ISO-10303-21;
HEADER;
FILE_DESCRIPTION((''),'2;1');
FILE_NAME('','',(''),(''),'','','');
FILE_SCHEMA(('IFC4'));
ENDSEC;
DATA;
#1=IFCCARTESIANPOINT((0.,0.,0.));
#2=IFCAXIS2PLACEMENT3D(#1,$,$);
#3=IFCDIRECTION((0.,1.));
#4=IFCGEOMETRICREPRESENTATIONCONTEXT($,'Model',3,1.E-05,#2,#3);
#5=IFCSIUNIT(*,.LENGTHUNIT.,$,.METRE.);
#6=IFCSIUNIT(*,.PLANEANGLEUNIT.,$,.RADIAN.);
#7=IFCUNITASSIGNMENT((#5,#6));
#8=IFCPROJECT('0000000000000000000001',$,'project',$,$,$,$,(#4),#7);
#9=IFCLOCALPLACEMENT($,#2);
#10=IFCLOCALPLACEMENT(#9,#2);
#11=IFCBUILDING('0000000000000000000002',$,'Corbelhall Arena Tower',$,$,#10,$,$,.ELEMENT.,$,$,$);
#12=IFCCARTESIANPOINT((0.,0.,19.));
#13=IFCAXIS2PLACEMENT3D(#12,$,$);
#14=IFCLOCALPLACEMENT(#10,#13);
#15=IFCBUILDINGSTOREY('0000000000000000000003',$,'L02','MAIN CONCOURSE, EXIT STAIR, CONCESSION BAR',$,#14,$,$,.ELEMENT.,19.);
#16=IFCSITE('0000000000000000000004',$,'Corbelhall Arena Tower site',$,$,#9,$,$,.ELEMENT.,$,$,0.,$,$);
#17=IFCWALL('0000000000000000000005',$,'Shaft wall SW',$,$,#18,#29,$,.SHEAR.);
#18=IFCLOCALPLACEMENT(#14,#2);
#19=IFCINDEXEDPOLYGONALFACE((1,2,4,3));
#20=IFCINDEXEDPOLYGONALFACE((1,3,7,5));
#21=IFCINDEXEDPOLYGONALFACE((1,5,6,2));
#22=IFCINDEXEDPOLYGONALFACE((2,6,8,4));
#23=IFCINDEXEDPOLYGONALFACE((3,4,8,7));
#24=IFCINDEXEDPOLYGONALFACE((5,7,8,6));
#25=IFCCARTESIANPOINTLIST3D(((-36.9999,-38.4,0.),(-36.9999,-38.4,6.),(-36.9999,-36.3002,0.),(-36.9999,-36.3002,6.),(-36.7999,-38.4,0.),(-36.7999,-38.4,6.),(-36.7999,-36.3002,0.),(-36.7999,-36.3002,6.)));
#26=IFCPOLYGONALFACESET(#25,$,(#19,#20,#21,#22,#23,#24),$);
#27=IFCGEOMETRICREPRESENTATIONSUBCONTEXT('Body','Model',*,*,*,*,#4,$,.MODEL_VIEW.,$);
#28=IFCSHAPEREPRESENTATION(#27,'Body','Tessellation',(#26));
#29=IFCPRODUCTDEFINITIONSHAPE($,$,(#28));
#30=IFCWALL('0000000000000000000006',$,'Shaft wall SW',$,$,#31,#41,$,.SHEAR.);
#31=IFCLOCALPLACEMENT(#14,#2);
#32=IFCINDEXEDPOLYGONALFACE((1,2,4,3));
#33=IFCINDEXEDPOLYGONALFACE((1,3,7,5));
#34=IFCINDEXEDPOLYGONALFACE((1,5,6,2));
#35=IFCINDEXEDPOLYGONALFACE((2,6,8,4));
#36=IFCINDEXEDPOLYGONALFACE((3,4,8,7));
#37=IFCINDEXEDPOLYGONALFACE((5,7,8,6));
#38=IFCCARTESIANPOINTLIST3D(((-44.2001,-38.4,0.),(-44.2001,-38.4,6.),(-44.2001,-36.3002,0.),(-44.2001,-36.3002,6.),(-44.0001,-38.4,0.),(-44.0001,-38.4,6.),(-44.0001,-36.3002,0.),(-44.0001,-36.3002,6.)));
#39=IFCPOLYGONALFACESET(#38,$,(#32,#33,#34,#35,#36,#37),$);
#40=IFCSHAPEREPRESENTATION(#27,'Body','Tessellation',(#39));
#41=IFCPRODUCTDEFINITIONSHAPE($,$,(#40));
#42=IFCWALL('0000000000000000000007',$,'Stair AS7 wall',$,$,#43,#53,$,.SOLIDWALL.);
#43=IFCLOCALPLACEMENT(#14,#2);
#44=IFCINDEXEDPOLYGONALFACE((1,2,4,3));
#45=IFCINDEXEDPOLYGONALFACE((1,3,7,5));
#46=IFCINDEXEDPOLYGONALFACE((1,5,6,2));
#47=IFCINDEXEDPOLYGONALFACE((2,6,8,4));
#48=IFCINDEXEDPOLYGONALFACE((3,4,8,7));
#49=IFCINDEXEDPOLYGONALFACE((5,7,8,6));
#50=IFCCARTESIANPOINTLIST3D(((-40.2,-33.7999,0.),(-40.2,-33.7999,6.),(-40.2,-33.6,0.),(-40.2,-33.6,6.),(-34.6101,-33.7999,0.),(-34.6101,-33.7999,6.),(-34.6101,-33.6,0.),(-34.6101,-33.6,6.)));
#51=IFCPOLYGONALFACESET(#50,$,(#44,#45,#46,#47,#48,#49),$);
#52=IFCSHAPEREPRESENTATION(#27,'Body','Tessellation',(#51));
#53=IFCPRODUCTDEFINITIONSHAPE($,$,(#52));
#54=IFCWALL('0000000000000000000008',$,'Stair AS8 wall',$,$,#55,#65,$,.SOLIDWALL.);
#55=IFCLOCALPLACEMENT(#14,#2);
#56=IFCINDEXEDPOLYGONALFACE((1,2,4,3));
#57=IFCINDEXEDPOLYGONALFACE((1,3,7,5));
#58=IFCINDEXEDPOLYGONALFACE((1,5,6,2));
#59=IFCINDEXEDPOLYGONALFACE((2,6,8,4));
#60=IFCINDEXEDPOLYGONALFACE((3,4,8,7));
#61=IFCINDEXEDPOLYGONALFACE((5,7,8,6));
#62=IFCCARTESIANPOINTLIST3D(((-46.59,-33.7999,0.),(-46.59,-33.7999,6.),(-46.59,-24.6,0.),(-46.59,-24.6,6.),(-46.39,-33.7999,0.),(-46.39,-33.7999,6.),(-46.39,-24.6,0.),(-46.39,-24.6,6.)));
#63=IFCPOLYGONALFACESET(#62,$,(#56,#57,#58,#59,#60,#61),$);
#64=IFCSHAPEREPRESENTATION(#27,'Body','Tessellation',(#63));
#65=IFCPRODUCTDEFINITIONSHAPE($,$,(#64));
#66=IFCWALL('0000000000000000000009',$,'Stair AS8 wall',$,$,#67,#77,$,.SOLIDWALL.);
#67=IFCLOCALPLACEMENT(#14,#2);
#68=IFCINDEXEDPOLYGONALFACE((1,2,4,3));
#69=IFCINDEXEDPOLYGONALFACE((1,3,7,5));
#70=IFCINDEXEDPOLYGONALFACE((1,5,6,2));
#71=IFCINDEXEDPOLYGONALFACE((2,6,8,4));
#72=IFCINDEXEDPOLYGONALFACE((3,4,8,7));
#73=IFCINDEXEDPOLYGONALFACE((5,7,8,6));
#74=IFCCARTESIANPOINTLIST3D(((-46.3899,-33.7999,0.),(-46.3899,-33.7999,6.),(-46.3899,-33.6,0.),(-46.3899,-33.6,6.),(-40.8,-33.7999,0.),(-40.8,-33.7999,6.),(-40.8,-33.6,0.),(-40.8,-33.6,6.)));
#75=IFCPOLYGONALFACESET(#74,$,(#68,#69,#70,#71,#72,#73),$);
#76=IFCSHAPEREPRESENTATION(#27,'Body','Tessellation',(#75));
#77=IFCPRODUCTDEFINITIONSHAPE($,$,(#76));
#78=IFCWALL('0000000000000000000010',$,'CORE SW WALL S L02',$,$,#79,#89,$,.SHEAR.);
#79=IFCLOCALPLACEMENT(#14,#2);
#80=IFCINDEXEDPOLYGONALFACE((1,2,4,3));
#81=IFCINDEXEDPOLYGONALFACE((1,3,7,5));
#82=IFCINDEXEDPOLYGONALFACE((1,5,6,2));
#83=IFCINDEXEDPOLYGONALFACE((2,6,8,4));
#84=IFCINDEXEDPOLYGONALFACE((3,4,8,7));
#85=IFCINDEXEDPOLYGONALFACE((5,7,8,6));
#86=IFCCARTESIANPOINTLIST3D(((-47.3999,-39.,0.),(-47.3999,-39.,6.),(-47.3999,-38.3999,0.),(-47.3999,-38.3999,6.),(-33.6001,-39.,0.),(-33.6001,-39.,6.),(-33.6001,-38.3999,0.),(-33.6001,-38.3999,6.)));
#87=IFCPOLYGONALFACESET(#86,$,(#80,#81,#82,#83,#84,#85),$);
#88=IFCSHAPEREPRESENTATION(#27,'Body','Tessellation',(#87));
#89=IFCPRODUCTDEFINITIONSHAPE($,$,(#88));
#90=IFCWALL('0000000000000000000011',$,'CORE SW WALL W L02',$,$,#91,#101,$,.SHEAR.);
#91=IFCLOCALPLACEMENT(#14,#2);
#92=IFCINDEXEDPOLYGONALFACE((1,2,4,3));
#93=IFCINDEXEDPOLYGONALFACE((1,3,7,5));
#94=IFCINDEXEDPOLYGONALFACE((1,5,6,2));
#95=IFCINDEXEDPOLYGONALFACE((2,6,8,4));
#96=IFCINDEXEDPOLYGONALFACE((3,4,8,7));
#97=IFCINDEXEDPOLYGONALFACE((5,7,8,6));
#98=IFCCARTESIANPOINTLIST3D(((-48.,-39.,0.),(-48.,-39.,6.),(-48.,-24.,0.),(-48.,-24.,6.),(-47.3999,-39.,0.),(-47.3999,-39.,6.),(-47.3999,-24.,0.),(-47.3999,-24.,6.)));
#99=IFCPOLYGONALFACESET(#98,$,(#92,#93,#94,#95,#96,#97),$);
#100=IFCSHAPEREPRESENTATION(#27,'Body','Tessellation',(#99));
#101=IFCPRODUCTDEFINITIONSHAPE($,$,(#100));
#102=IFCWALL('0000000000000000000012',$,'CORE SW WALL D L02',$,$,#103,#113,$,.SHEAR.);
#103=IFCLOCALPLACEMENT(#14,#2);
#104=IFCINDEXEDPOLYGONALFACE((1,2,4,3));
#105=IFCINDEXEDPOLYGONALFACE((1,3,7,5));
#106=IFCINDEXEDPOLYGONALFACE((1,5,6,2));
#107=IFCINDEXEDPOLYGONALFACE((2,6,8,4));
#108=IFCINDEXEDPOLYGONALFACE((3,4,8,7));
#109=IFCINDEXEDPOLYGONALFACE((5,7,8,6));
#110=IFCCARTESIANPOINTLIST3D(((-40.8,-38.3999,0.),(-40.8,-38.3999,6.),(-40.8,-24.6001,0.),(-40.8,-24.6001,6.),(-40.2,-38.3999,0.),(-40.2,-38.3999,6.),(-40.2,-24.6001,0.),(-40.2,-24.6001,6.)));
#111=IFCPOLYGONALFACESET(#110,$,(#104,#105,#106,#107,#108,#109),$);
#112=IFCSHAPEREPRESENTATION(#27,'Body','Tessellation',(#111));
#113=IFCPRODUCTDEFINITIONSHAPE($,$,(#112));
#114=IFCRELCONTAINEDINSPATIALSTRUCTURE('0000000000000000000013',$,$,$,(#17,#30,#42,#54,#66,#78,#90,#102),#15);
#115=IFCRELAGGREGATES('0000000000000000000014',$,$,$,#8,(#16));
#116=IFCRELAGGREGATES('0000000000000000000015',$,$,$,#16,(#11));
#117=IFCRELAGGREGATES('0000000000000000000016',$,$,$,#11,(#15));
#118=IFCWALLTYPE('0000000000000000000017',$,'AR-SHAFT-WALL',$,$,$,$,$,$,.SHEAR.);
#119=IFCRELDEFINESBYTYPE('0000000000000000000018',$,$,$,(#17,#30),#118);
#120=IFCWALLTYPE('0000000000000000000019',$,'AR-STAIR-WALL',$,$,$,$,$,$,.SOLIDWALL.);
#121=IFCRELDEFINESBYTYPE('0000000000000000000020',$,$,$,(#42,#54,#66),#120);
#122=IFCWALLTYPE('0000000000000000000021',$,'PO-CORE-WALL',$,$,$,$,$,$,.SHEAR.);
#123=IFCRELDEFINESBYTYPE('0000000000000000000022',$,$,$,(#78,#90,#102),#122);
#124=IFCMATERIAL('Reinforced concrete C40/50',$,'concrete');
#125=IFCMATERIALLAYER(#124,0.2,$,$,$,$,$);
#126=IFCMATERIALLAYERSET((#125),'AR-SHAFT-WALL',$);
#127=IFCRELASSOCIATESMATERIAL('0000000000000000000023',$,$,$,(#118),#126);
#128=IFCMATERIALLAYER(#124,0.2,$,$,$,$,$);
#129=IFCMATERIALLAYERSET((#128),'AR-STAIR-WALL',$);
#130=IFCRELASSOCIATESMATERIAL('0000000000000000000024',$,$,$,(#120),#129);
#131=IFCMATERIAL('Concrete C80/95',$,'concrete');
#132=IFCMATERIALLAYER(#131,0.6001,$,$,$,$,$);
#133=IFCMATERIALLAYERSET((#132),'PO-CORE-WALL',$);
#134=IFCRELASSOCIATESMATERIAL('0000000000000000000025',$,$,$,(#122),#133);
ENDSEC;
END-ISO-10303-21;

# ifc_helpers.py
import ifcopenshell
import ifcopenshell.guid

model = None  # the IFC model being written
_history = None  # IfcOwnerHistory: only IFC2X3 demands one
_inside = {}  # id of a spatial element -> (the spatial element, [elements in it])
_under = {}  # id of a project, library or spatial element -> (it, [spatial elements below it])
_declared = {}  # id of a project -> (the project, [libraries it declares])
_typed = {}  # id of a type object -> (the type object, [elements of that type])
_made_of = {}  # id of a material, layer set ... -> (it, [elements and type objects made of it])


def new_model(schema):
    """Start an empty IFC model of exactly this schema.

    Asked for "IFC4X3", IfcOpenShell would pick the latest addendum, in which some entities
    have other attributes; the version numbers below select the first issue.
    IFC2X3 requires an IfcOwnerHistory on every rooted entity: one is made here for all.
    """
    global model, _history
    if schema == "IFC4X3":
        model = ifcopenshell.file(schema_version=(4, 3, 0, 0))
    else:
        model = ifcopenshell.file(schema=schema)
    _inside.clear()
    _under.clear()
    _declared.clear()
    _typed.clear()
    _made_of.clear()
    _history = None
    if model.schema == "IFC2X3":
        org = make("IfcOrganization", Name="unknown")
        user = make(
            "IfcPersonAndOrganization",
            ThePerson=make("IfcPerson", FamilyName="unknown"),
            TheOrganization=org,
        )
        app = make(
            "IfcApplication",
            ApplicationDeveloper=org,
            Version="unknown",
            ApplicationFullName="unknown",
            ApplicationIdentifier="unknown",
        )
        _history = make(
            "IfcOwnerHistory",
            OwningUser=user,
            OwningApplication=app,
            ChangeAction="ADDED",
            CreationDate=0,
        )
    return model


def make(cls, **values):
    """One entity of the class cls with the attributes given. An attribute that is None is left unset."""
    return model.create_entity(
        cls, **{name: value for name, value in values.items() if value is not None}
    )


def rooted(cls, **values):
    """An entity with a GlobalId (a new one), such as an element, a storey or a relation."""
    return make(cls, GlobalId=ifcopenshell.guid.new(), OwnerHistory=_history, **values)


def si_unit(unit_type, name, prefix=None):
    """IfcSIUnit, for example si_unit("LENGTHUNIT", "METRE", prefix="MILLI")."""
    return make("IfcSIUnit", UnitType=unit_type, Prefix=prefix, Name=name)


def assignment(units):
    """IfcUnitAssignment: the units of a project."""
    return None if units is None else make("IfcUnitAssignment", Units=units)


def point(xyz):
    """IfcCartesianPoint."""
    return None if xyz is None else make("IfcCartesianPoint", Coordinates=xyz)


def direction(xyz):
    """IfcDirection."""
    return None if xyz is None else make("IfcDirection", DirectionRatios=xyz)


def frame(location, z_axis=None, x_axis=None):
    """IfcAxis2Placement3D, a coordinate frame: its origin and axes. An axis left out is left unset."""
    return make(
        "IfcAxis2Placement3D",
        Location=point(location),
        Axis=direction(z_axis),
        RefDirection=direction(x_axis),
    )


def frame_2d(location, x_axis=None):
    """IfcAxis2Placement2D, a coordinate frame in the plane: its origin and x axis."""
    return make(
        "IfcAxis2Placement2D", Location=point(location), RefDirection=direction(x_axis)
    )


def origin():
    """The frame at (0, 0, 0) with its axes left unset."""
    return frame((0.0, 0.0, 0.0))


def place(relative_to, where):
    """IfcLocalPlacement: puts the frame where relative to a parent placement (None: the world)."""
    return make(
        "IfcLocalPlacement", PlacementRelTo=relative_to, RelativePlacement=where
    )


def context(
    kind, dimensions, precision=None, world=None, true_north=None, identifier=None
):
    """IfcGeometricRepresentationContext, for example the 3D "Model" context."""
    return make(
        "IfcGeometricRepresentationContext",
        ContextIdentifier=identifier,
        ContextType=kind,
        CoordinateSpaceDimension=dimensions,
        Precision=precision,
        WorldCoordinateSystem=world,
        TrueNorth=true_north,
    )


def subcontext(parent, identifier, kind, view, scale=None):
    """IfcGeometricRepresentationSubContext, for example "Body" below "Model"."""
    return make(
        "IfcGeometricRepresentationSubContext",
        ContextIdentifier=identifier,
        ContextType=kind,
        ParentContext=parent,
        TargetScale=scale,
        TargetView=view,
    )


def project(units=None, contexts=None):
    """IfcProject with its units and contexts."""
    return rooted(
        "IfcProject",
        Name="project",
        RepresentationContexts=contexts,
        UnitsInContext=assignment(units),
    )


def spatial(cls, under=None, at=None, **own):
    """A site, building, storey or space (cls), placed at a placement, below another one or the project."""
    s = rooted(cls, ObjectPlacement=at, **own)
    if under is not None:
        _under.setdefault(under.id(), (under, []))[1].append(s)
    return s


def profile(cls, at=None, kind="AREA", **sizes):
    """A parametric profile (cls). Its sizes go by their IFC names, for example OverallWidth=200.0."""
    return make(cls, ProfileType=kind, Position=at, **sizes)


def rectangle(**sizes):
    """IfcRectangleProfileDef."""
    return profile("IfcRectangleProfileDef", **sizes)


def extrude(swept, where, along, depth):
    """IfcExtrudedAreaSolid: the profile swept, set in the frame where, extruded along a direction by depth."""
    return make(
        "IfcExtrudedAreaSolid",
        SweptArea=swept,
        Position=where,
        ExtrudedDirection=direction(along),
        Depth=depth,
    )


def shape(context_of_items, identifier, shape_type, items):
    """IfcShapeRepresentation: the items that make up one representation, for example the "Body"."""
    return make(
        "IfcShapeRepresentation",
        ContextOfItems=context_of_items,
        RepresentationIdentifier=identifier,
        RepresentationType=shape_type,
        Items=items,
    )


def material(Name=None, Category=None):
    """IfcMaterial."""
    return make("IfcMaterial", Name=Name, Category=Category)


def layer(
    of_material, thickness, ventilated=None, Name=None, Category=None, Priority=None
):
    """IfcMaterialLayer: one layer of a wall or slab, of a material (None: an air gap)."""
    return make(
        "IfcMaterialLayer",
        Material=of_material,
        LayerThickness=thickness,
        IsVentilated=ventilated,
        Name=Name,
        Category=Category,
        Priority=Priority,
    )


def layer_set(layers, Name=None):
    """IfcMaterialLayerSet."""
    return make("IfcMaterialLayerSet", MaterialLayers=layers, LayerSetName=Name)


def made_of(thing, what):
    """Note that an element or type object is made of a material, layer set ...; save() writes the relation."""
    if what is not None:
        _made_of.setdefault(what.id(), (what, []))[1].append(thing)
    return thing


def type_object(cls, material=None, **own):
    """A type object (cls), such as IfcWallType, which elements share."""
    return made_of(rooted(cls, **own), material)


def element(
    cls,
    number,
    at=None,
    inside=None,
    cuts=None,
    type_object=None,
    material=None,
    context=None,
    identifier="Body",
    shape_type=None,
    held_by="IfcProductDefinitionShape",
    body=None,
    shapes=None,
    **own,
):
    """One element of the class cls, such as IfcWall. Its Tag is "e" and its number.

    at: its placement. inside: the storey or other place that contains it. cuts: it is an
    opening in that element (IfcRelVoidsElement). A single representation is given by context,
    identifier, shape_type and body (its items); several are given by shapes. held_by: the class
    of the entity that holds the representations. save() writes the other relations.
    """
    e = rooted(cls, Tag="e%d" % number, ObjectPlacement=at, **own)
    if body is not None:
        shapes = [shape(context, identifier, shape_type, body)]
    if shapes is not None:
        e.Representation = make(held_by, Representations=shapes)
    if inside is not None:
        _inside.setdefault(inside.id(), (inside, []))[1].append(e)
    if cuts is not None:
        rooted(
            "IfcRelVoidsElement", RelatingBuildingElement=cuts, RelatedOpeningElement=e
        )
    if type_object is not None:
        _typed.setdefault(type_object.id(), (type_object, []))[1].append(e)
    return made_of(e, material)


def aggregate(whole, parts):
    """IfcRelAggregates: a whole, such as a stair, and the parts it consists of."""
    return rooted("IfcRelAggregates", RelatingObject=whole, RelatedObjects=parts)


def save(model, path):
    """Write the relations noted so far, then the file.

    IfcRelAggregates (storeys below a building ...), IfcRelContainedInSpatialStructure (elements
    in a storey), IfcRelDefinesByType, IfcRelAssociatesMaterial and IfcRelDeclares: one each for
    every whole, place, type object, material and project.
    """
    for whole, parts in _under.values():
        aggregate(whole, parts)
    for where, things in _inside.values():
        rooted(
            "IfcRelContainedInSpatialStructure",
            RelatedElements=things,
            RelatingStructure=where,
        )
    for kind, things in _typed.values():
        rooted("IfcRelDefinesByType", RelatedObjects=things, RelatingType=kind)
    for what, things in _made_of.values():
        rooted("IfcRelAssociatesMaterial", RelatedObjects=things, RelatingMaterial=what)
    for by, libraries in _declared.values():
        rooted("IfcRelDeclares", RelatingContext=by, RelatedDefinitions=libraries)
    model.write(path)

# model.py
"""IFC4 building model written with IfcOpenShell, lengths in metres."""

from ifc_helpers import new_model, si_unit, direction, frame, frame_2d, origin, place, context, subcontext, project, spatial, rectangle, extrude, material, layer, layer_set, type_object, element, save


model = new_model("IFC4")

# Units and contexts
model_context = context("Model", 3, precision=1e-05, world=origin(), true_north=direction((0.0, 1.0)))
body_context = subcontext(model_context, "Body", "Model", "MODEL_VIEW")
ifc_project = project(units=[si_unit("LENGTHUNIT", "METRE"), si_unit("PLANEANGLEUNIT", "RADIAN")], contexts=[model_context])

# Site, building, storey
site_placement = place(None, origin())
site = spatial("IfcSite", under=ifc_project, at=site_placement, Name="Corbelhall Arena Tower site", CompositionType="ELEMENT", RefElevation=0.0)
building_placement = place(site_placement, origin())
building = spatial("IfcBuilding", under=site, at=building_placement, Name="Corbelhall Arena Tower", CompositionType="ELEMENT")
storey_placement = place(building_placement, frame((0.0, 0.0, 19.0)))
storey = spatial("IfcBuildingStorey", under=building, at=storey_placement, Name="L02", Description="MAIN CONCOURSE, EXIT STAIR, CONCESSION BAR", CompositionType="ELEMENT", Elevation=19.0)

# Shared definitions
ifc_material_1 = material(Name="Reinforced concrete C40/50", Category="concrete")
ifc_layer_1 = layer(ifc_material_1, 0.2)
ifc_layer_set_1 = layer_set([ifc_layer_1], Name="AR-SHAFT-WALL")
wall_type_1 = type_object("IfcWallType", Name="AR-SHAFT-WALL", PredefinedType="SHEAR", material=ifc_layer_set_1)

# Walls
for number, where, z_axis, x_axis, name in (
    (1, (-36.8999, -38.3999, 0.0), (0.0, 0.0, 1.0), (0.0, 1.0, 0.0), "Shaft wall SW"),
    (2, (-44.1001, -38.3999, 0.0), (0.0, 0.0, 1.0), (0.0, 1.0, 0.0), "Shaft wall SW"),
):
    element("IfcWall", number, at=place(storey_placement, frame(where, z_axis=z_axis, x_axis=x_axis)), inside=storey, type_object=wall_type_1, Name=name, PredefinedType="SHEAR", context=body_context, shape_type="SweptSolid", body=[
        extrude(rectangle(XDim=2.0999, YDim=0.2, at=frame_2d((1.0498, 0.0))), origin(), (0.0, 0.0, 1.0), 6.0),
    ])
ifc_layer_2 = layer(ifc_material_1, 0.2)
ifc_layer_set_2 = layer_set([ifc_layer_2], Name="AR-STAIR-WALL")
wall_type_2 = type_object("IfcWallType", Name="AR-STAIR-WALL", PredefinedType="SOLIDWALL", material=ifc_layer_set_2)
wall_1_placement = place(storey_placement, frame((-40.2, -33.7, 0.0), z_axis=(0.0, 0.0, 1.0), x_axis=(1.0, 0.0, 0.0)))
element("IfcWall", 3, at=wall_1_placement, inside=storey, type_object=wall_type_2, Name="Stair AS7 wall", PredefinedType="SOLIDWALL", context=body_context, shape_type="SweptSolid", body=[
    extrude(rectangle(XDim=5.5898, YDim=0.2, at=frame_2d((2.7949, 0.0))), origin(), (0.0, 0.0, 1.0), 6.0),
])
wall_2_placement = place(storey_placement, frame((-46.49, -33.8, 0.0), z_axis=(0.0, 0.0, 1.0), x_axis=(0.0, 1.0, 0.0)))
element("IfcWall", 4, at=wall_2_placement, inside=storey, type_object=wall_type_2, Name="Stair AS8 wall", PredefinedType="SOLIDWALL", context=body_context, shape_type="SweptSolid", body=[
    extrude(rectangle(XDim=9.2, YDim=0.2, at=frame_2d((4.6001, 0.0))), origin(), (0.0, 0.0, 1.0), 6.0),
])
wall_3_placement = place(storey_placement, frame((-46.3899, -33.7, 0.0), z_axis=(0.0, 0.0, 1.0), x_axis=(1.0, 0.0, 0.0)))
element("IfcWall", 5, at=wall_3_placement, inside=storey, type_object=wall_type_2, Name="Stair AS8 wall", PredefinedType="SOLIDWALL", context=body_context, shape_type="SweptSolid", body=[
    extrude(rectangle(XDim=5.5898, YDim=0.2, at=frame_2d((2.7949, 0.0))), origin(), (0.0, 0.0, 1.0), 6.0),
])
ifc_material_2 = material(Name="Concrete C80/95", Category="concrete")
ifc_layer_3 = layer(ifc_material_2, 0.6001)
ifc_layer_set_3 = layer_set([ifc_layer_3], Name="PO-CORE-WALL")
wall_type_3 = type_object("IfcWallType", Name="PO-CORE-WALL", PredefinedType="SHEAR", material=ifc_layer_set_3)
wall_4_placement = place(storey_placement, frame((-47.3999, -38.7, 0.0), z_axis=(0.0, 0.0, 1.0), x_axis=(1.0, 0.0, 0.0)))
element("IfcWall", 6, at=wall_4_placement, inside=storey, type_object=wall_type_3, Name="CORE SW WALL S L02", PredefinedType="SHEAR", context=body_context, shape_type="SweptSolid", body=[
    extrude(rectangle(XDim=13.7998, YDim=0.6001, at=frame_2d((6.8999, 0.0))), origin(), (0.0, 0.0, 1.0), 6.0),
])
wall_5_placement = place(storey_placement, frame((-47.7, -39.0, 0.0), z_axis=(0.0, 0.0, 1.0), x_axis=(0.0, 1.0, 0.0)))
element("IfcWall", 7, at=wall_5_placement, inside=storey, type_object=wall_type_3, Name="CORE SW WALL W L02", PredefinedType="SHEAR", context=body_context, shape_type="SweptSolid", body=[
    extrude(rectangle(XDim=15.0, YDim=0.6001, at=frame_2d((7.5, 0.0))), origin(), (0.0, 0.0, 1.0), 6.0),
])
wall_6_placement = place(storey_placement, frame((-40.5, -38.3999, 0.0), z_axis=(0.0, 0.0, 1.0), x_axis=(0.0, 1.0, 0.0)))
element("IfcWall", 8, at=wall_6_placement, inside=storey, type_object=wall_type_3, Name="CORE SW WALL D L02", PredefinedType="SHEAR", context=body_context, shape_type="SweptSolid", body=[
    extrude(rectangle(XDim=13.7998, YDim=0.6001, at=frame_2d((6.8999, 0.0))), origin(), (0.0, 0.0, 1.0), 6.0),
])

save(model, "model.ifc")
